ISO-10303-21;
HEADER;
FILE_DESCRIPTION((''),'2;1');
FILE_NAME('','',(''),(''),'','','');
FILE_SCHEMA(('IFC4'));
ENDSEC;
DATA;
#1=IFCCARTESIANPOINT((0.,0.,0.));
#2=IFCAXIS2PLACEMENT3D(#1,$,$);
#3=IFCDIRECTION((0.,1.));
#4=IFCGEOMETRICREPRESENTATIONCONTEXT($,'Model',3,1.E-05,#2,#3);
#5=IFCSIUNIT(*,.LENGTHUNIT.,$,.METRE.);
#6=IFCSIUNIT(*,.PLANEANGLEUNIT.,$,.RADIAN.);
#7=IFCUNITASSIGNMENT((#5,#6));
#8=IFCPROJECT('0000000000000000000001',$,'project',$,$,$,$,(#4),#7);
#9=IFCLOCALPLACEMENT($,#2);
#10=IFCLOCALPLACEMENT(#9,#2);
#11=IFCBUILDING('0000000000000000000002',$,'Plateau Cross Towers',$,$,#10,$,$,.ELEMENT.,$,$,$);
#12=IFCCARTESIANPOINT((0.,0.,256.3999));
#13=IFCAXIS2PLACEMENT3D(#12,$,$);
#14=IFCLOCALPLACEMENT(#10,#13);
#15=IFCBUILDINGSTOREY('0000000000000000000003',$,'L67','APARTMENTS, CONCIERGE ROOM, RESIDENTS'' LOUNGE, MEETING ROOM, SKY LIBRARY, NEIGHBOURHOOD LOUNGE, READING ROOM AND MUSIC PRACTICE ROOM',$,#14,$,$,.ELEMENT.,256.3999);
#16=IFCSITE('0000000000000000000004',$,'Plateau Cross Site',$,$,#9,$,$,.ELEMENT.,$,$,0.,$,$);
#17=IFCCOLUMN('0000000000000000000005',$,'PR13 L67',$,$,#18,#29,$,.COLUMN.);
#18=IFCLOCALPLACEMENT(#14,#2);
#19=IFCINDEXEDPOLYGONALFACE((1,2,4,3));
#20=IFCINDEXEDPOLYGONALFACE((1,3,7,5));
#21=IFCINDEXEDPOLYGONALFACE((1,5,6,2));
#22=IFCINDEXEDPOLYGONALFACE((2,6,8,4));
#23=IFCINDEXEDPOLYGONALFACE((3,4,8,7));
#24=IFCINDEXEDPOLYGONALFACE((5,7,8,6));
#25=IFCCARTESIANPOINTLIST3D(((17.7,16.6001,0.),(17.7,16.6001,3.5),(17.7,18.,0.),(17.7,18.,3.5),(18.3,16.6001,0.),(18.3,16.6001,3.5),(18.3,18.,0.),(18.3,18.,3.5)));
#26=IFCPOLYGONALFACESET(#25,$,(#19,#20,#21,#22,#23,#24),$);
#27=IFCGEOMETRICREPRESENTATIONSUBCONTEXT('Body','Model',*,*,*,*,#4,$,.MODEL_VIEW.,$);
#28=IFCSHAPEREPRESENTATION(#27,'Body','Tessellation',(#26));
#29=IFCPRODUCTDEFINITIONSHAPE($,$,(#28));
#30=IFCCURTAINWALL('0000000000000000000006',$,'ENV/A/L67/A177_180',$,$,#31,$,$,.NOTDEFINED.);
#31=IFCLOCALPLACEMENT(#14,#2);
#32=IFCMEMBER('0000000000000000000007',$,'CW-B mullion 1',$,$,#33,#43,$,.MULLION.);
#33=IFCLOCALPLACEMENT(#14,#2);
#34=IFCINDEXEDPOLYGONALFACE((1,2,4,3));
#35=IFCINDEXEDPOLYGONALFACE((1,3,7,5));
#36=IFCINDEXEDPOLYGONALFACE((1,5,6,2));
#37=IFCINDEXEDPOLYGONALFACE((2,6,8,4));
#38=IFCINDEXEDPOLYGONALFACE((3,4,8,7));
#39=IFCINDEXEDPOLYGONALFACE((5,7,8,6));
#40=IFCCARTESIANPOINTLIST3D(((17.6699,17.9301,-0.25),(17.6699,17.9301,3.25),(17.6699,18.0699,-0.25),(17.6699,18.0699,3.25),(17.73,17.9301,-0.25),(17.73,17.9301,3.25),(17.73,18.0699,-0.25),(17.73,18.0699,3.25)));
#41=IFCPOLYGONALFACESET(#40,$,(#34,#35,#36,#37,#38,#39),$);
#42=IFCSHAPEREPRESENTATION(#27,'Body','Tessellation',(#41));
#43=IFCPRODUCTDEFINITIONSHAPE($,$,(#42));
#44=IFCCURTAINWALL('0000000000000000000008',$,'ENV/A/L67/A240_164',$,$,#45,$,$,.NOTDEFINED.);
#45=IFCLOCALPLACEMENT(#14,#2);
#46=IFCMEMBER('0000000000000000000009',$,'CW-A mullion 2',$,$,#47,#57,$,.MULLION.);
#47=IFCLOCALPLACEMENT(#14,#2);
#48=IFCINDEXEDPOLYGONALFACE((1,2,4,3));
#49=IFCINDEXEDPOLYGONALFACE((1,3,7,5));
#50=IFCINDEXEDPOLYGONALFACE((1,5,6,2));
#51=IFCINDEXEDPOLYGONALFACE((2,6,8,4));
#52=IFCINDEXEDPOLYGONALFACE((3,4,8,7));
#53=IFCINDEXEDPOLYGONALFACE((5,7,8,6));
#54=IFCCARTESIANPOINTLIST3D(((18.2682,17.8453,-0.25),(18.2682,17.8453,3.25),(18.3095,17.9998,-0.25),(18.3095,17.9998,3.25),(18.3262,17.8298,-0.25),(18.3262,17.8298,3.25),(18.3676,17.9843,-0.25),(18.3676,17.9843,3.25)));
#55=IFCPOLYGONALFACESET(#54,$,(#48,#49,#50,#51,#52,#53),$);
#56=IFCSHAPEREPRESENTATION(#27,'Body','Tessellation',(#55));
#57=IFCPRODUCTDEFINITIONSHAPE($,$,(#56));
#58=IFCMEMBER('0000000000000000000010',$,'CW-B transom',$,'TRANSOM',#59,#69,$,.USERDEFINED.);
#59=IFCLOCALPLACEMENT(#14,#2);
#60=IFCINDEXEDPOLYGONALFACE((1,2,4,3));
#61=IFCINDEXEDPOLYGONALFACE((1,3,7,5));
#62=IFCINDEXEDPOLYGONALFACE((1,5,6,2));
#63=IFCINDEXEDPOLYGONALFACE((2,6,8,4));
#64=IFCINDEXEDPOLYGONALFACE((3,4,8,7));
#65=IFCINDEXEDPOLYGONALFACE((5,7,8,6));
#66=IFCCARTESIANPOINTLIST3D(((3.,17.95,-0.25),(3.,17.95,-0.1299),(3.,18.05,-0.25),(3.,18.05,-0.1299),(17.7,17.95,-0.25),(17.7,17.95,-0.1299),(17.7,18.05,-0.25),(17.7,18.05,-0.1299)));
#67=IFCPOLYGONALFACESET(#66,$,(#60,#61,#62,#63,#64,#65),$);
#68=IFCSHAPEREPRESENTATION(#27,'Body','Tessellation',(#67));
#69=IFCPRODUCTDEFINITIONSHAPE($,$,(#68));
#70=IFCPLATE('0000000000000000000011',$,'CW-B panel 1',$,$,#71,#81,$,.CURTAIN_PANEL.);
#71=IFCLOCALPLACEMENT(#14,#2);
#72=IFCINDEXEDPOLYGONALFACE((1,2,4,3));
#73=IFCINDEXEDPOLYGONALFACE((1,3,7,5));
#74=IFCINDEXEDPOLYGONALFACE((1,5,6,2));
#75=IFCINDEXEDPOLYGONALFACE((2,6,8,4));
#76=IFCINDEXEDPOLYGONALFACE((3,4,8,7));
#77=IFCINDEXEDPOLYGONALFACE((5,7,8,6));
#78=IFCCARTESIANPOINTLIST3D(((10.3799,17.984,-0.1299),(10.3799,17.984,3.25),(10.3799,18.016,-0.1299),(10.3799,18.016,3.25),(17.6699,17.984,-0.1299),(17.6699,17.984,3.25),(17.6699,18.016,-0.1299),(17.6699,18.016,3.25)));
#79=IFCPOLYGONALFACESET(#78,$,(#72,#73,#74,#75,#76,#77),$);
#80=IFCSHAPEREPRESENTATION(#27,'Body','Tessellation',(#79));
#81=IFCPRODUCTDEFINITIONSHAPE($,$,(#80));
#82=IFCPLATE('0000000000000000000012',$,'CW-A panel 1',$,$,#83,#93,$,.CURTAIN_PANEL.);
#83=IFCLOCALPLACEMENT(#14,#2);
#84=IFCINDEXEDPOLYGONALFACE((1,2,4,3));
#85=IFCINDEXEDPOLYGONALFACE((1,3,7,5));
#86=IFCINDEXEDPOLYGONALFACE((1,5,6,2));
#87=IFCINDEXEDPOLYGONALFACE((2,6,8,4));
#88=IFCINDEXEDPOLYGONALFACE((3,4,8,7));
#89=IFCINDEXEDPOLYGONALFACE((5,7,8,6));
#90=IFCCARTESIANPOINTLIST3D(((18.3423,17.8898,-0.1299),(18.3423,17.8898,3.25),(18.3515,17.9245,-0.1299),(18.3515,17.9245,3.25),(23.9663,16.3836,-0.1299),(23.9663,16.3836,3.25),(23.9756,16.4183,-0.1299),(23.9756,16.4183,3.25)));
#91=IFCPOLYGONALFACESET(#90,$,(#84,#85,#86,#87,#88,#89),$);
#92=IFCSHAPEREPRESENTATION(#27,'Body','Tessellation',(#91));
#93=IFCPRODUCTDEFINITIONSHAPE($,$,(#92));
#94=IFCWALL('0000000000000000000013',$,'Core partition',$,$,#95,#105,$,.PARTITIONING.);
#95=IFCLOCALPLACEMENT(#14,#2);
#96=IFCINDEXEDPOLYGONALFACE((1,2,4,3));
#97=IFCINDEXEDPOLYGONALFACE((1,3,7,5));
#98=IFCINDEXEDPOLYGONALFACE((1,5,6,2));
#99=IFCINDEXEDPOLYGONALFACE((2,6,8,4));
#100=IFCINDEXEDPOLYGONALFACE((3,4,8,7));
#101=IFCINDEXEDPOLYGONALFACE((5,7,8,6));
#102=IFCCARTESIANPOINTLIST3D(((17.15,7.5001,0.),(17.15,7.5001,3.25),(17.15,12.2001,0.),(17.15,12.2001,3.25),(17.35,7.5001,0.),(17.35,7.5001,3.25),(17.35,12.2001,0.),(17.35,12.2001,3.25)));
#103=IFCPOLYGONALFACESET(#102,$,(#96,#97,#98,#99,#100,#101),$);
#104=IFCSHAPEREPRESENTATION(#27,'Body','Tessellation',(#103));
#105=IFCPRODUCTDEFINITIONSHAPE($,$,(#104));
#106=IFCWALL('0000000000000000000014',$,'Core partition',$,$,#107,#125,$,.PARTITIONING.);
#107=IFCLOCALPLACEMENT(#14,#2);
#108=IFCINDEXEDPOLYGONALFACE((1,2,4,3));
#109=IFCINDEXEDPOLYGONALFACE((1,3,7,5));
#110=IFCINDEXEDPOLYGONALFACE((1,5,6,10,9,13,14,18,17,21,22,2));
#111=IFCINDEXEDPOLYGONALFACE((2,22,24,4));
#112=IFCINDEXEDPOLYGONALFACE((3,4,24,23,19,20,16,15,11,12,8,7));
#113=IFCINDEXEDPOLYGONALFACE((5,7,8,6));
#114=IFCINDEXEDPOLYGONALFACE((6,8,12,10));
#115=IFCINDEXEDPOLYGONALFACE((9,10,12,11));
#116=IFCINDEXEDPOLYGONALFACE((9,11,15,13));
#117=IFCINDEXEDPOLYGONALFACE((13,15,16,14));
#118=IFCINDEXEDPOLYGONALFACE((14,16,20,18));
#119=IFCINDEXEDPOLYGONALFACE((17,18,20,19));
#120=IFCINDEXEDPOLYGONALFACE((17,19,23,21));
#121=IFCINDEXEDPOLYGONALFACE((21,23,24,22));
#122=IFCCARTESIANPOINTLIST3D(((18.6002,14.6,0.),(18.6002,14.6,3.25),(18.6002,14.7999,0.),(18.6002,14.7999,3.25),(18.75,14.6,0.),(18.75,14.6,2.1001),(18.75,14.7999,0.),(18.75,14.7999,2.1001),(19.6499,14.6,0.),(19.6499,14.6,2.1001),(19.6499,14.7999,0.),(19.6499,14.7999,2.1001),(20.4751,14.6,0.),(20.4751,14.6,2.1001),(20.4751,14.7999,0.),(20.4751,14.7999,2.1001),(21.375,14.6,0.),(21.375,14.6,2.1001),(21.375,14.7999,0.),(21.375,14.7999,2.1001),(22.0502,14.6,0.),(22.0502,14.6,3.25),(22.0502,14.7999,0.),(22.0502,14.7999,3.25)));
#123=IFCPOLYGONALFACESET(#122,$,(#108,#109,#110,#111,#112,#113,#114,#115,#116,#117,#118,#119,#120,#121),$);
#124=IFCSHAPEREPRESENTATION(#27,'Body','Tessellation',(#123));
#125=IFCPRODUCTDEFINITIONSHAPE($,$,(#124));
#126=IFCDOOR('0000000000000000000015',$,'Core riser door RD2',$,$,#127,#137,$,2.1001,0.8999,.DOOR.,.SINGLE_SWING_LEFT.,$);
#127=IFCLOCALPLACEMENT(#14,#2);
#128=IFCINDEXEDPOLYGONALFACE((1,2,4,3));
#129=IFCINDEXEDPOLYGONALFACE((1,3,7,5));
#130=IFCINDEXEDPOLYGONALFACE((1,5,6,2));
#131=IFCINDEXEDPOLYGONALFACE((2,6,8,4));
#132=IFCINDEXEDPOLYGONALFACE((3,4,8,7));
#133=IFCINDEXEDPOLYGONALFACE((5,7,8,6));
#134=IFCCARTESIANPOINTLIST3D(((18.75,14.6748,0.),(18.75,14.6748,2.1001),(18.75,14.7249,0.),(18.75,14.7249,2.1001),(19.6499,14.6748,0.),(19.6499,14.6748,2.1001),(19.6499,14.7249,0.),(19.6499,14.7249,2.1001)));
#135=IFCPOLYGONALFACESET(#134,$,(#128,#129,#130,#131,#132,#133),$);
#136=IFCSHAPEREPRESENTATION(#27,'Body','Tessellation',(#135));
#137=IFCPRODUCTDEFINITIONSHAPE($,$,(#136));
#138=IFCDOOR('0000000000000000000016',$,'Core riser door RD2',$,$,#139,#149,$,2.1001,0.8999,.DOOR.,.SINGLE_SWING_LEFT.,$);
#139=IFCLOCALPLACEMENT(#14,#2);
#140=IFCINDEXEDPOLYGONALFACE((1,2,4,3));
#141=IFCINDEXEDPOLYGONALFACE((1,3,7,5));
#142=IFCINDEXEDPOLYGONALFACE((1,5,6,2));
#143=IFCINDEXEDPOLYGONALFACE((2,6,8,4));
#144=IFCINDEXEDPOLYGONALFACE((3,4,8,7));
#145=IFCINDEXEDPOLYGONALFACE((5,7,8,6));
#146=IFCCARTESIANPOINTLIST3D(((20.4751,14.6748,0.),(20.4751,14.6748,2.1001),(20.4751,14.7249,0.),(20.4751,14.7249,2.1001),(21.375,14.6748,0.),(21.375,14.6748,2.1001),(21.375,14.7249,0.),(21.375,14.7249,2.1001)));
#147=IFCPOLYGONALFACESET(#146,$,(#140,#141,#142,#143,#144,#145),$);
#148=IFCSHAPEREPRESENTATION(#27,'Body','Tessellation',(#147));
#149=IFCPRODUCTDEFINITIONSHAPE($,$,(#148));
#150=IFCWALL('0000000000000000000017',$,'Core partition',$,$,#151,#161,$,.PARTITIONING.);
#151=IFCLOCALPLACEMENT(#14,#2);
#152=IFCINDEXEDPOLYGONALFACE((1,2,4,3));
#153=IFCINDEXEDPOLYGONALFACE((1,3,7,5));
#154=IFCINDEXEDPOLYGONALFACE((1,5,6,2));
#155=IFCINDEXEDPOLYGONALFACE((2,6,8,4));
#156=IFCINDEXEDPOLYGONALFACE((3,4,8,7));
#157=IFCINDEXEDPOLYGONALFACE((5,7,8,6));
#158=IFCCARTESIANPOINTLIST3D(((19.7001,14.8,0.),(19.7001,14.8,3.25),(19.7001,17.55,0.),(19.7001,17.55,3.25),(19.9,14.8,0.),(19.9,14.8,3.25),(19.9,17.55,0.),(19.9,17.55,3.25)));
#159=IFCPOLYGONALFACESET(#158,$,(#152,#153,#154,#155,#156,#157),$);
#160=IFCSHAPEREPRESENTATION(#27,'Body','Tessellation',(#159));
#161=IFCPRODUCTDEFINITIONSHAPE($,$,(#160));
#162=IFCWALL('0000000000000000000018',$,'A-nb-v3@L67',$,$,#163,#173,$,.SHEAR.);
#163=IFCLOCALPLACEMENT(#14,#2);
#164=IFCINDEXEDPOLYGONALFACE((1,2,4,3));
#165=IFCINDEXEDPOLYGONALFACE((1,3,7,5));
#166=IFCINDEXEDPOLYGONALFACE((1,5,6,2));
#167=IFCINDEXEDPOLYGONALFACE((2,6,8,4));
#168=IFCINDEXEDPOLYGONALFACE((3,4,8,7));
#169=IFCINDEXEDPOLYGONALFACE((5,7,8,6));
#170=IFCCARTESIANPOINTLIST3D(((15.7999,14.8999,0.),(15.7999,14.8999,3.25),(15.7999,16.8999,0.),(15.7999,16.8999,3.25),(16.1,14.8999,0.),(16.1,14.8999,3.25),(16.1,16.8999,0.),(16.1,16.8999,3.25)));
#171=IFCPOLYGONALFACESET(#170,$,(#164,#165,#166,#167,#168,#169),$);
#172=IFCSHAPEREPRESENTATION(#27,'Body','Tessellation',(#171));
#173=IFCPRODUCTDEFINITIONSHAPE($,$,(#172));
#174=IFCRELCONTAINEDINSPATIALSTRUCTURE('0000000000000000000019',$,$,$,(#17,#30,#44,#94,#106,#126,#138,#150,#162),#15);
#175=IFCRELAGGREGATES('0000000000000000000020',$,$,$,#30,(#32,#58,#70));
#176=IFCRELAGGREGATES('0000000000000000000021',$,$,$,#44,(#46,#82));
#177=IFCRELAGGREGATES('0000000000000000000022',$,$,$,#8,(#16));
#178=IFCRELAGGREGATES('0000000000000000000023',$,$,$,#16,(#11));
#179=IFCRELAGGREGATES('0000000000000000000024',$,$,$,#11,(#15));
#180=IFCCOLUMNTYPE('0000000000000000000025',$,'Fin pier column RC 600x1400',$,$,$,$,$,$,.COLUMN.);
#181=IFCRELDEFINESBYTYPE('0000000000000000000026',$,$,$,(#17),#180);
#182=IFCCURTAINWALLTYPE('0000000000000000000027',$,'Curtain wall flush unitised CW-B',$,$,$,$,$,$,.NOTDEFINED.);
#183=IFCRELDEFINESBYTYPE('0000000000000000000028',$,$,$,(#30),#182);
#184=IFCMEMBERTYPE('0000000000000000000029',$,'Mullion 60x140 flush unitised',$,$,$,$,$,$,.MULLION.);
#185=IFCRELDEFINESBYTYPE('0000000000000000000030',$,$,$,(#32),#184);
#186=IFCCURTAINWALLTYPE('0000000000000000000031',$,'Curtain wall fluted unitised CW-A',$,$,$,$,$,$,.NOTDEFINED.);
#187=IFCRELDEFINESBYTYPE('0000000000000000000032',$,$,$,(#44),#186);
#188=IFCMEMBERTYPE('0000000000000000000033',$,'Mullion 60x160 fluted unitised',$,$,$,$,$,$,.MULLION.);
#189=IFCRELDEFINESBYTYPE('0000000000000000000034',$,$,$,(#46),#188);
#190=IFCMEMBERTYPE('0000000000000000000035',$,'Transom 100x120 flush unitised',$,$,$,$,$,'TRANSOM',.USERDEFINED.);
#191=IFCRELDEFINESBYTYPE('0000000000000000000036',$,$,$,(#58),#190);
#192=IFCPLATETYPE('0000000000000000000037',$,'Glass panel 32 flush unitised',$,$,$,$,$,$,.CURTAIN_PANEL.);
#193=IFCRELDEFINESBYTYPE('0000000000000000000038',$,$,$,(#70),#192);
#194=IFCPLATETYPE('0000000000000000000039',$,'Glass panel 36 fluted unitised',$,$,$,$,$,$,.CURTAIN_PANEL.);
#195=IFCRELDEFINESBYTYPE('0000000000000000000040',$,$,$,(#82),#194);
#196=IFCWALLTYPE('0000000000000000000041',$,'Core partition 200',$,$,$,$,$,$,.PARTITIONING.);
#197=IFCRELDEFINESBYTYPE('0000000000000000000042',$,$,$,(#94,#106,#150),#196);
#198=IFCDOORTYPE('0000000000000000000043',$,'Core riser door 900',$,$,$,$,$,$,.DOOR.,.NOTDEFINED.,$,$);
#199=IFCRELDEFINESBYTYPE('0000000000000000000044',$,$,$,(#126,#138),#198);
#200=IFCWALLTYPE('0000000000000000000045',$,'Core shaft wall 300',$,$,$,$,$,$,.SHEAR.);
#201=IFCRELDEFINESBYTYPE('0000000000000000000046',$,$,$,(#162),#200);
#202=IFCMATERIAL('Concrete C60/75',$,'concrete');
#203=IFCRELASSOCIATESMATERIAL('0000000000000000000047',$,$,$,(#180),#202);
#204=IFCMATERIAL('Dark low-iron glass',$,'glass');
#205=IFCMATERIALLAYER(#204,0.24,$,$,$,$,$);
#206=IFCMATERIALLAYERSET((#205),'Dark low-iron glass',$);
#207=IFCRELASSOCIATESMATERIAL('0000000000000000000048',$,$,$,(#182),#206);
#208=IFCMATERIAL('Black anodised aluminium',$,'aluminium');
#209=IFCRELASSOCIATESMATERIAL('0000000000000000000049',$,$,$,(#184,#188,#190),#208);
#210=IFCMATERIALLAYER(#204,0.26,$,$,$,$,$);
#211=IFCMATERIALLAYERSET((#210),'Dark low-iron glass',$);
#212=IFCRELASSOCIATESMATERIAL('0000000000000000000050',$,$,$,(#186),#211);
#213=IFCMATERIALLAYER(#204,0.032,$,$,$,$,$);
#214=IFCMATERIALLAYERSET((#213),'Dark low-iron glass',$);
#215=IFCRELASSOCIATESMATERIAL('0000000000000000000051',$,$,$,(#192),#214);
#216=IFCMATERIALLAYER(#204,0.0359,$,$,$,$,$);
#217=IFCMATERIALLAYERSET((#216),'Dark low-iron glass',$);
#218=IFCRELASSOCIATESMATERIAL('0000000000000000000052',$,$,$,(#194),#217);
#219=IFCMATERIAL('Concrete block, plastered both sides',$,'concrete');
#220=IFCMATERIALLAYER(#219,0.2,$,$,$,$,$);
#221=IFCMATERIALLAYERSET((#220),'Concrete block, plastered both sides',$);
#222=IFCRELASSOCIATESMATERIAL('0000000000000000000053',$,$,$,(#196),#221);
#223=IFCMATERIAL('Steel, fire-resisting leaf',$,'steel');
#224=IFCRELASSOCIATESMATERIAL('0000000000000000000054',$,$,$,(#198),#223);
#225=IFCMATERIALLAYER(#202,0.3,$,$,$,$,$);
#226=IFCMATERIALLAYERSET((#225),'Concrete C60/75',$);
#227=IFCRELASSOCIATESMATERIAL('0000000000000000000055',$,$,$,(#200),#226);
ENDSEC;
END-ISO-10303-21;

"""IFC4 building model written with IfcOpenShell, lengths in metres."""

from ifc_helpers import new_model, si_unit, direction, frame, frame_2d, origin, origin_2d, place, context, subcontext, project, spatial, rectangle, extrude, material, layer, layer_set, material_profile, profile_set, type_object, element, fill, aggregate, save


model = new_model("IFC4")

# Units and contexts
model_context = context("Model", 3, precision=1e-05, world=origin(), true_north=direction((0.0, 1.0)))
body_context = subcontext(model_context, "Body", "Model", "MODEL_VIEW")
ifc_project = project(units=[si_unit("LENGTHUNIT", "METRE"), si_unit("PLANEANGLEUNIT", "RADIAN")], contexts=[model_context])

# Site, building, storey
site_placement = place(None, origin())
site = spatial("IfcSite", under=ifc_project, at=site_placement, Name="Plateau Cross Site", CompositionType="ELEMENT", RefElevation=0.0)
building_placement = place(site_placement, origin())
building = spatial("IfcBuilding", under=site, at=building_placement, Name="Plateau Cross Towers", CompositionType="ELEMENT")
storey_placement = place(building_placement, frame((0.0, 0.0, 256.3999)))
storey = spatial("IfcBuildingStorey", under=building, at=storey_placement, Name="L67", Description="APARTMENTS, CONCIERGE ROOM, RESIDENTS' LOUNGE, MEETING ROOM, SKY LIBRARY, NEIGHBOURHOOD LOUNGE, READING ROOM AND MUSIC PRACTICE ROOM", CompositionType="ELEMENT", Elevation=256.3999)

# Column
ifc_material_1 = material(Name="Concrete C60/75", Category="concrete")
ifc_material_profile_1 = material_profile(ifc_material_1, rectangle(XDim=0.6001, YDim=1.3999, at=origin_2d()), Name="RC 600x1400")
ifc_profile_set_1 = profile_set([ifc_material_profile_1], Name="Concrete C60/75")
column_type = type_object("IfcColumnType", Name="Fin pier column RC 600x1400", PredefinedType="COLUMN", material=ifc_profile_set_1)
column_placement = place(storey_placement, frame((18.0, 17.3, 0.0), z_axis=(0.0, 0.0, 1.0), x_axis=(1.0, 0.0, 0.0)))
element("IfcColumn", 1, at=column_placement, inside=storey, type_object=column_type, Name="PR13 L67", PredefinedType="COLUMN", context=body_context, shape_type="SweptSolid", body=[
    extrude(rectangle(XDim=0.6001, YDim=1.3999, at=origin_2d()), origin(), (0.0, 0.0, 1.0), 3.5),
])

# Curtain walls, members
ifc_material_2 = material(Name="Dark low-iron glass", Category="glass")
ifc_layer_1 = layer(ifc_material_2, 0.24)
ifc_layer_set_1 = layer_set([ifc_layer_1], Name="Dark low-iron glass")
curtain_wall_type_1 = type_object("IfcCurtainWallType", Name="Curtain wall flush unitised CW-B", PredefinedType="NOTDEFINED", material=ifc_layer_set_1)
curtain_wall_1_placement = place(storey_placement, origin())
curtain_wall_1 = element("IfcCurtainWall", 2, at=curtain_wall_1_placement, inside=storey, type_object=curtain_wall_type_1, Name="ENV/A/L67/A177_180", PredefinedType="NOTDEFINED")
ifc_material_3 = material(Name="Black anodised aluminium", Category="aluminium")
ifc_material_profile_2 = material_profile(ifc_material_3, rectangle(XDim=0.0601, YDim=0.1399, at=origin_2d()), Name="MULLION 60x140")
ifc_profile_set_2 = profile_set([ifc_material_profile_2], Name="Black anodised aluminium")
member_type_1 = type_object("IfcMemberType", Name="Mullion 60x140 flush unitised", PredefinedType="MULLION", material=ifc_profile_set_2)
member_1_placement = place(storey_placement, frame((17.7, 18.0, -0.25), z_axis=(0.0, 0.0, 1.0), x_axis=(-1.0, 0.0, 0.0)))
member_1 = element("IfcMember", 3, at=member_1_placement, type_object=member_type_1, Name="CW-B mullion 1", PredefinedType="MULLION", context=body_context, shape_type="SweptSolid", body=[
    extrude(rectangle(XDim=0.0601, YDim=0.1399, at=origin_2d()), origin(), (0.0, 0.0, 1.0), 3.5),
])
ifc_layer_2 = layer(ifc_material_2, 0.26)
ifc_layer_set_2 = layer_set([ifc_layer_2], Name="Dark low-iron glass")
curtain_wall_type_2 = type_object("IfcCurtainWallType", Name="Curtain wall fluted unitised CW-A", PredefinedType="NOTDEFINED", material=ifc_layer_set_2)
curtain_wall_2_placement = place(storey_placement, origin())
curtain_wall_2 = element("IfcCurtainWall", 4, at=curtain_wall_2_placement, inside=storey, type_object=curtain_wall_type_2, Name="ENV/A/L67/A240_164", PredefinedType="NOTDEFINED")
ifc_material_profile_3 = material_profile(ifc_material_3, rectangle(XDim=0.0601, YDim=0.1599, at=origin_2d()), Name="MULLION 60x160")
ifc_profile_set_3 = profile_set([ifc_material_profile_3], Name="Black anodised aluminium")
member_type_2 = type_object("IfcMemberType", Name="Mullion 60x160 fluted unitised", PredefinedType="MULLION", material=ifc_profile_set_3)
member_2_placement = place(storey_placement, frame((18.3179, 17.9148, -0.25), z_axis=(0.0, 0.0, 1.0), x_axis=(-0.965958, 0.258699, 0.0)))
member_2 = element("IfcMember", 5, at=member_2_placement, type_object=member_type_2, Name="CW-A mullion 2", PredefinedType="MULLION", context=body_context, shape_type="SweptSolid", body=[
    extrude(rectangle(XDim=0.0601, YDim=0.1599, at=origin_2d()), origin(), (0.0, 0.0, 1.0), 3.5),
])

# Member
ifc_material_profile_4 = material_profile(ifc_material_3, rectangle(XDim=0.1001, YDim=0.1201, at=origin_2d()), Name="TRANSOM 100x120")
ifc_profile_set_4 = profile_set([ifc_material_profile_4], Name="Black anodised aluminium")
member_type_3 = type_object("IfcMemberType", Name="Transom 100x120 flush unitised", ElementType="TRANSOM", PredefinedType="USERDEFINED", material=ifc_profile_set_4)
member_3_placement = place(storey_placement, frame((17.7, 18.0, -0.1899), z_axis=(-1.0, 0.0, 0.0), x_axis=(0.0, -1.0, 0.0)))
member_3 = element("IfcMember", 6, at=member_3_placement, type_object=member_type_3, Name="CW-B transom", ObjectType="TRANSOM", PredefinedType="USERDEFINED", context=body_context, shape_type="SweptSolid", body=[
    extrude(rectangle(XDim=0.1001, YDim=0.1201, at=origin_2d()), origin(), (0.0, 0.0, 1.0), 14.7),
])

# Plates
ifc_layer_3 = layer(ifc_material_2, 0.032)
ifc_layer_set_3 = layer_set([ifc_layer_3], Name="Dark low-iron glass")
plate_type_1 = type_object("IfcPlateType", Name="Glass panel 32 flush unitised", PredefinedType="CURTAIN_PANEL", material=ifc_layer_set_3)
plate_1_placement = place(storey_placement, frame((14.0249, 18.0, -0.1299), z_axis=(0.0, 0.0, 1.0), x_axis=(-1.0, 0.0, 0.0)))
plate_1 = element("IfcPlate", 7, at=plate_1_placement, type_object=plate_type_1, Name="CW-B panel 1", PredefinedType="CURTAIN_PANEL", context=body_context, shape_type="SweptSolid", body=[
    extrude(rectangle(XDim=7.29, YDim=0.032, at=origin_2d()), origin(), (0.0, 0.0, 1.0), 3.3799),
])
aggregate(curtain_wall_1, [member_1, member_3, plate_1])
ifc_layer_4 = layer(ifc_material_2, 0.0359)
ifc_layer_set_4 = layer_set([ifc_layer_4], Name="Dark low-iron glass")
plate_type_2 = type_object("IfcPlateType", Name="Glass panel 36 fluted unitised", PredefinedType="CURTAIN_PANEL", material=ifc_layer_set_4)
plate_2_placement = place(storey_placement, frame((21.1589, 17.1541, -0.1299), z_axis=(0.0, 0.0, 1.0), x_axis=(-0.965958, 0.258699, 0.0)))
plate_2 = element("IfcPlate", 8, at=plate_2_placement, type_object=plate_type_2, Name="CW-A panel 1", PredefinedType="CURTAIN_PANEL", context=body_context, shape_type="SweptSolid", body=[
    extrude(rectangle(XDim=5.8223, YDim=0.0359, at=origin_2d()), origin(), (0.0, 0.0, 1.0), 3.3799),
])
aggregate(curtain_wall_2, [member_2, plate_2])

# Wall
ifc_material_4 = material(Name="Concrete block, plastered both sides", Category="concrete")
ifc_layer_5 = layer(ifc_material_4, 0.2)
ifc_layer_set_5 = layer_set([ifc_layer_5], Name="Concrete block, plastered both sides")
wall_type_1 = type_object("IfcWallType", Name="Core partition 200", PredefinedType="PARTITIONING", material=ifc_layer_set_5)
wall_1_placement = place(storey_placement, frame((17.25, 7.5, 0.0), z_axis=(0.0, 0.0, 1.0), x_axis=(0.0, 1.0, 0.0)))
element("IfcWall", 9, at=wall_1_placement, inside=storey, type_object=wall_type_1, Name="Core partition", PredefinedType="PARTITIONING", context=body_context, shape_type="SweptSolid", body=[
    extrude(rectangle(XDim=4.7, YDim=0.2, at=frame_2d((2.3501, 0.0))), origin(), (0.0, 0.0, 1.0), 3.25),
])

# Wall, openings, doors
wall_2_placement = place(storey_placement, frame((18.6001, 14.7, 0.0), z_axis=(0.0, 0.0, 1.0), x_axis=(1.0, 0.0, 0.0)))
wall_2 = element("IfcWall", 10, at=wall_2_placement, inside=storey, type_object=wall_type_1, Name="Core partition", PredefinedType="PARTITIONING", context=body_context, shape_type="SweptSolid", body=[
    extrude(rectangle(XDim=3.45, YDim=0.2, at=frame_2d((1.7251, 0.0))), origin(), (0.0, 0.0, 1.0), 3.25),
])
opening_1_placement = place(wall_2_placement, frame((0.1499, 0.0, 0.0)))
opening_1 = element("IfcOpeningElement", 11, at=opening_1_placement, cuts=wall_2, PredefinedType="OPENING", context=body_context, shape_type="SweptSolid", body=[
    extrude(rectangle(XDim=0.8999, YDim=2.1001, at=frame_2d((0.45, 1.05))), frame((0.0, 0.1099, 0.0), z_axis=(0.0, -1.0, 0.0), x_axis=(1.0, 0.0, 0.0)), (0.0, 0.0, 1.0), 0.22),
])
opening_2_placement = place(wall_2_placement, frame((1.875, 0.0, 0.0)))
opening_2 = element("IfcOpeningElement", 12, at=opening_2_placement, cuts=wall_2, PredefinedType="OPENING", context=body_context, shape_type="SweptSolid", body=[
    extrude(rectangle(XDim=0.8999, YDim=2.1001, at=frame_2d((0.45, 1.05))), frame((0.0, 0.1099, 0.0), z_axis=(0.0, -1.0, 0.0), x_axis=(1.0, 0.0, 0.0)), (0.0, 0.0, 1.0), 0.22),
])
ifc_material_5 = material(Name="Steel, fire-resisting leaf", Category="steel")
door_type_1 = type_object("IfcDoorType", Name="Core riser door 900", OperationType="NOTDEFINED", PredefinedType="DOOR", material=ifc_material_5)
door_1_placement = place(opening_1_placement, origin())
door_1 = element("IfcDoor", 13, at=door_1_placement, inside=storey, type_object=door_type_1, Name="Core riser door RD2", OperationType="SINGLE_SWING_LEFT", OverallHeight=2.1001, OverallWidth=0.8999, PredefinedType="DOOR", context=body_context, shape_type="SweptSolid", body=[
    extrude(rectangle(XDim=0.8999, YDim=2.1001, at=frame_2d((0.45, 1.05))), frame((0.0, 0.0249, 0.0), z_axis=(0.0, -1.0, 0.0), x_axis=(1.0, 0.0, 0.0)), (0.0, 0.0, 1.0), 0.05),
])
fill(opening_1, door_1)
door_2_placement = place(opening_2_placement, origin())
door_2 = element("IfcDoor", 14, at=door_2_placement, inside=storey, type_object=door_type_1, Name="Core riser door RD2", OperationType="SINGLE_SWING_LEFT", OverallHeight=2.1001, OverallWidth=0.8999, PredefinedType="DOOR", context=body_context, shape_type="SweptSolid", body=[
    extrude(rectangle(XDim=0.8999, YDim=2.1001, at=frame_2d((0.45, 1.05))), frame((0.0, 0.0249, 0.0), z_axis=(0.0, -1.0, 0.0), x_axis=(1.0, 0.0, 0.0)), (0.0, 0.0, 1.0), 0.05),
])
fill(opening_2, door_2)

# Walls
wall_3_placement = place(storey_placement, frame((19.8, 14.8, 0.0), z_axis=(0.0, 0.0, 1.0), x_axis=(0.0, 1.0, 0.0)))
element("IfcWall", 15, at=wall_3_placement, inside=storey, type_object=wall_type_1, Name="Core partition", PredefinedType="PARTITIONING", context=body_context, shape_type="SweptSolid", body=[
    extrude(rectangle(XDim=2.75, YDim=0.2, at=frame_2d((1.375, 0.0))), origin(), (0.0, 0.0, 1.0), 3.25),
])
ifc_layer_6 = layer(ifc_material_1, 0.3)
ifc_layer_set_6 = layer_set([ifc_layer_6], Name="Concrete C60/75")
wall_type_2 = type_object("IfcWallType", Name="Core shaft wall 300", PredefinedType="SHEAR", material=ifc_layer_set_6)
for number, where, z_axis, x_axis, name in (
    (16, (15.95, 14.8999, 0.0), (0.0, 0.0, 1.0), (0.0, 1.0, 0.0), "A-nb-v3@L67"),
):
    element("IfcWall", number, at=place(storey_placement, frame(where, z_axis=z_axis, x_axis=x_axis)), inside=storey, type_object=wall_type_2, Name=name, PredefinedType="SHEAR", context=body_context, shape_type="SweptSolid", body=[
        extrude(rectangle(XDim=2.0, YDim=0.3, at=frame_2d((1.0, 0.0))), origin(), (0.0, 0.0, 1.0), 3.25),
    ])

save(model, "model.ifc")
